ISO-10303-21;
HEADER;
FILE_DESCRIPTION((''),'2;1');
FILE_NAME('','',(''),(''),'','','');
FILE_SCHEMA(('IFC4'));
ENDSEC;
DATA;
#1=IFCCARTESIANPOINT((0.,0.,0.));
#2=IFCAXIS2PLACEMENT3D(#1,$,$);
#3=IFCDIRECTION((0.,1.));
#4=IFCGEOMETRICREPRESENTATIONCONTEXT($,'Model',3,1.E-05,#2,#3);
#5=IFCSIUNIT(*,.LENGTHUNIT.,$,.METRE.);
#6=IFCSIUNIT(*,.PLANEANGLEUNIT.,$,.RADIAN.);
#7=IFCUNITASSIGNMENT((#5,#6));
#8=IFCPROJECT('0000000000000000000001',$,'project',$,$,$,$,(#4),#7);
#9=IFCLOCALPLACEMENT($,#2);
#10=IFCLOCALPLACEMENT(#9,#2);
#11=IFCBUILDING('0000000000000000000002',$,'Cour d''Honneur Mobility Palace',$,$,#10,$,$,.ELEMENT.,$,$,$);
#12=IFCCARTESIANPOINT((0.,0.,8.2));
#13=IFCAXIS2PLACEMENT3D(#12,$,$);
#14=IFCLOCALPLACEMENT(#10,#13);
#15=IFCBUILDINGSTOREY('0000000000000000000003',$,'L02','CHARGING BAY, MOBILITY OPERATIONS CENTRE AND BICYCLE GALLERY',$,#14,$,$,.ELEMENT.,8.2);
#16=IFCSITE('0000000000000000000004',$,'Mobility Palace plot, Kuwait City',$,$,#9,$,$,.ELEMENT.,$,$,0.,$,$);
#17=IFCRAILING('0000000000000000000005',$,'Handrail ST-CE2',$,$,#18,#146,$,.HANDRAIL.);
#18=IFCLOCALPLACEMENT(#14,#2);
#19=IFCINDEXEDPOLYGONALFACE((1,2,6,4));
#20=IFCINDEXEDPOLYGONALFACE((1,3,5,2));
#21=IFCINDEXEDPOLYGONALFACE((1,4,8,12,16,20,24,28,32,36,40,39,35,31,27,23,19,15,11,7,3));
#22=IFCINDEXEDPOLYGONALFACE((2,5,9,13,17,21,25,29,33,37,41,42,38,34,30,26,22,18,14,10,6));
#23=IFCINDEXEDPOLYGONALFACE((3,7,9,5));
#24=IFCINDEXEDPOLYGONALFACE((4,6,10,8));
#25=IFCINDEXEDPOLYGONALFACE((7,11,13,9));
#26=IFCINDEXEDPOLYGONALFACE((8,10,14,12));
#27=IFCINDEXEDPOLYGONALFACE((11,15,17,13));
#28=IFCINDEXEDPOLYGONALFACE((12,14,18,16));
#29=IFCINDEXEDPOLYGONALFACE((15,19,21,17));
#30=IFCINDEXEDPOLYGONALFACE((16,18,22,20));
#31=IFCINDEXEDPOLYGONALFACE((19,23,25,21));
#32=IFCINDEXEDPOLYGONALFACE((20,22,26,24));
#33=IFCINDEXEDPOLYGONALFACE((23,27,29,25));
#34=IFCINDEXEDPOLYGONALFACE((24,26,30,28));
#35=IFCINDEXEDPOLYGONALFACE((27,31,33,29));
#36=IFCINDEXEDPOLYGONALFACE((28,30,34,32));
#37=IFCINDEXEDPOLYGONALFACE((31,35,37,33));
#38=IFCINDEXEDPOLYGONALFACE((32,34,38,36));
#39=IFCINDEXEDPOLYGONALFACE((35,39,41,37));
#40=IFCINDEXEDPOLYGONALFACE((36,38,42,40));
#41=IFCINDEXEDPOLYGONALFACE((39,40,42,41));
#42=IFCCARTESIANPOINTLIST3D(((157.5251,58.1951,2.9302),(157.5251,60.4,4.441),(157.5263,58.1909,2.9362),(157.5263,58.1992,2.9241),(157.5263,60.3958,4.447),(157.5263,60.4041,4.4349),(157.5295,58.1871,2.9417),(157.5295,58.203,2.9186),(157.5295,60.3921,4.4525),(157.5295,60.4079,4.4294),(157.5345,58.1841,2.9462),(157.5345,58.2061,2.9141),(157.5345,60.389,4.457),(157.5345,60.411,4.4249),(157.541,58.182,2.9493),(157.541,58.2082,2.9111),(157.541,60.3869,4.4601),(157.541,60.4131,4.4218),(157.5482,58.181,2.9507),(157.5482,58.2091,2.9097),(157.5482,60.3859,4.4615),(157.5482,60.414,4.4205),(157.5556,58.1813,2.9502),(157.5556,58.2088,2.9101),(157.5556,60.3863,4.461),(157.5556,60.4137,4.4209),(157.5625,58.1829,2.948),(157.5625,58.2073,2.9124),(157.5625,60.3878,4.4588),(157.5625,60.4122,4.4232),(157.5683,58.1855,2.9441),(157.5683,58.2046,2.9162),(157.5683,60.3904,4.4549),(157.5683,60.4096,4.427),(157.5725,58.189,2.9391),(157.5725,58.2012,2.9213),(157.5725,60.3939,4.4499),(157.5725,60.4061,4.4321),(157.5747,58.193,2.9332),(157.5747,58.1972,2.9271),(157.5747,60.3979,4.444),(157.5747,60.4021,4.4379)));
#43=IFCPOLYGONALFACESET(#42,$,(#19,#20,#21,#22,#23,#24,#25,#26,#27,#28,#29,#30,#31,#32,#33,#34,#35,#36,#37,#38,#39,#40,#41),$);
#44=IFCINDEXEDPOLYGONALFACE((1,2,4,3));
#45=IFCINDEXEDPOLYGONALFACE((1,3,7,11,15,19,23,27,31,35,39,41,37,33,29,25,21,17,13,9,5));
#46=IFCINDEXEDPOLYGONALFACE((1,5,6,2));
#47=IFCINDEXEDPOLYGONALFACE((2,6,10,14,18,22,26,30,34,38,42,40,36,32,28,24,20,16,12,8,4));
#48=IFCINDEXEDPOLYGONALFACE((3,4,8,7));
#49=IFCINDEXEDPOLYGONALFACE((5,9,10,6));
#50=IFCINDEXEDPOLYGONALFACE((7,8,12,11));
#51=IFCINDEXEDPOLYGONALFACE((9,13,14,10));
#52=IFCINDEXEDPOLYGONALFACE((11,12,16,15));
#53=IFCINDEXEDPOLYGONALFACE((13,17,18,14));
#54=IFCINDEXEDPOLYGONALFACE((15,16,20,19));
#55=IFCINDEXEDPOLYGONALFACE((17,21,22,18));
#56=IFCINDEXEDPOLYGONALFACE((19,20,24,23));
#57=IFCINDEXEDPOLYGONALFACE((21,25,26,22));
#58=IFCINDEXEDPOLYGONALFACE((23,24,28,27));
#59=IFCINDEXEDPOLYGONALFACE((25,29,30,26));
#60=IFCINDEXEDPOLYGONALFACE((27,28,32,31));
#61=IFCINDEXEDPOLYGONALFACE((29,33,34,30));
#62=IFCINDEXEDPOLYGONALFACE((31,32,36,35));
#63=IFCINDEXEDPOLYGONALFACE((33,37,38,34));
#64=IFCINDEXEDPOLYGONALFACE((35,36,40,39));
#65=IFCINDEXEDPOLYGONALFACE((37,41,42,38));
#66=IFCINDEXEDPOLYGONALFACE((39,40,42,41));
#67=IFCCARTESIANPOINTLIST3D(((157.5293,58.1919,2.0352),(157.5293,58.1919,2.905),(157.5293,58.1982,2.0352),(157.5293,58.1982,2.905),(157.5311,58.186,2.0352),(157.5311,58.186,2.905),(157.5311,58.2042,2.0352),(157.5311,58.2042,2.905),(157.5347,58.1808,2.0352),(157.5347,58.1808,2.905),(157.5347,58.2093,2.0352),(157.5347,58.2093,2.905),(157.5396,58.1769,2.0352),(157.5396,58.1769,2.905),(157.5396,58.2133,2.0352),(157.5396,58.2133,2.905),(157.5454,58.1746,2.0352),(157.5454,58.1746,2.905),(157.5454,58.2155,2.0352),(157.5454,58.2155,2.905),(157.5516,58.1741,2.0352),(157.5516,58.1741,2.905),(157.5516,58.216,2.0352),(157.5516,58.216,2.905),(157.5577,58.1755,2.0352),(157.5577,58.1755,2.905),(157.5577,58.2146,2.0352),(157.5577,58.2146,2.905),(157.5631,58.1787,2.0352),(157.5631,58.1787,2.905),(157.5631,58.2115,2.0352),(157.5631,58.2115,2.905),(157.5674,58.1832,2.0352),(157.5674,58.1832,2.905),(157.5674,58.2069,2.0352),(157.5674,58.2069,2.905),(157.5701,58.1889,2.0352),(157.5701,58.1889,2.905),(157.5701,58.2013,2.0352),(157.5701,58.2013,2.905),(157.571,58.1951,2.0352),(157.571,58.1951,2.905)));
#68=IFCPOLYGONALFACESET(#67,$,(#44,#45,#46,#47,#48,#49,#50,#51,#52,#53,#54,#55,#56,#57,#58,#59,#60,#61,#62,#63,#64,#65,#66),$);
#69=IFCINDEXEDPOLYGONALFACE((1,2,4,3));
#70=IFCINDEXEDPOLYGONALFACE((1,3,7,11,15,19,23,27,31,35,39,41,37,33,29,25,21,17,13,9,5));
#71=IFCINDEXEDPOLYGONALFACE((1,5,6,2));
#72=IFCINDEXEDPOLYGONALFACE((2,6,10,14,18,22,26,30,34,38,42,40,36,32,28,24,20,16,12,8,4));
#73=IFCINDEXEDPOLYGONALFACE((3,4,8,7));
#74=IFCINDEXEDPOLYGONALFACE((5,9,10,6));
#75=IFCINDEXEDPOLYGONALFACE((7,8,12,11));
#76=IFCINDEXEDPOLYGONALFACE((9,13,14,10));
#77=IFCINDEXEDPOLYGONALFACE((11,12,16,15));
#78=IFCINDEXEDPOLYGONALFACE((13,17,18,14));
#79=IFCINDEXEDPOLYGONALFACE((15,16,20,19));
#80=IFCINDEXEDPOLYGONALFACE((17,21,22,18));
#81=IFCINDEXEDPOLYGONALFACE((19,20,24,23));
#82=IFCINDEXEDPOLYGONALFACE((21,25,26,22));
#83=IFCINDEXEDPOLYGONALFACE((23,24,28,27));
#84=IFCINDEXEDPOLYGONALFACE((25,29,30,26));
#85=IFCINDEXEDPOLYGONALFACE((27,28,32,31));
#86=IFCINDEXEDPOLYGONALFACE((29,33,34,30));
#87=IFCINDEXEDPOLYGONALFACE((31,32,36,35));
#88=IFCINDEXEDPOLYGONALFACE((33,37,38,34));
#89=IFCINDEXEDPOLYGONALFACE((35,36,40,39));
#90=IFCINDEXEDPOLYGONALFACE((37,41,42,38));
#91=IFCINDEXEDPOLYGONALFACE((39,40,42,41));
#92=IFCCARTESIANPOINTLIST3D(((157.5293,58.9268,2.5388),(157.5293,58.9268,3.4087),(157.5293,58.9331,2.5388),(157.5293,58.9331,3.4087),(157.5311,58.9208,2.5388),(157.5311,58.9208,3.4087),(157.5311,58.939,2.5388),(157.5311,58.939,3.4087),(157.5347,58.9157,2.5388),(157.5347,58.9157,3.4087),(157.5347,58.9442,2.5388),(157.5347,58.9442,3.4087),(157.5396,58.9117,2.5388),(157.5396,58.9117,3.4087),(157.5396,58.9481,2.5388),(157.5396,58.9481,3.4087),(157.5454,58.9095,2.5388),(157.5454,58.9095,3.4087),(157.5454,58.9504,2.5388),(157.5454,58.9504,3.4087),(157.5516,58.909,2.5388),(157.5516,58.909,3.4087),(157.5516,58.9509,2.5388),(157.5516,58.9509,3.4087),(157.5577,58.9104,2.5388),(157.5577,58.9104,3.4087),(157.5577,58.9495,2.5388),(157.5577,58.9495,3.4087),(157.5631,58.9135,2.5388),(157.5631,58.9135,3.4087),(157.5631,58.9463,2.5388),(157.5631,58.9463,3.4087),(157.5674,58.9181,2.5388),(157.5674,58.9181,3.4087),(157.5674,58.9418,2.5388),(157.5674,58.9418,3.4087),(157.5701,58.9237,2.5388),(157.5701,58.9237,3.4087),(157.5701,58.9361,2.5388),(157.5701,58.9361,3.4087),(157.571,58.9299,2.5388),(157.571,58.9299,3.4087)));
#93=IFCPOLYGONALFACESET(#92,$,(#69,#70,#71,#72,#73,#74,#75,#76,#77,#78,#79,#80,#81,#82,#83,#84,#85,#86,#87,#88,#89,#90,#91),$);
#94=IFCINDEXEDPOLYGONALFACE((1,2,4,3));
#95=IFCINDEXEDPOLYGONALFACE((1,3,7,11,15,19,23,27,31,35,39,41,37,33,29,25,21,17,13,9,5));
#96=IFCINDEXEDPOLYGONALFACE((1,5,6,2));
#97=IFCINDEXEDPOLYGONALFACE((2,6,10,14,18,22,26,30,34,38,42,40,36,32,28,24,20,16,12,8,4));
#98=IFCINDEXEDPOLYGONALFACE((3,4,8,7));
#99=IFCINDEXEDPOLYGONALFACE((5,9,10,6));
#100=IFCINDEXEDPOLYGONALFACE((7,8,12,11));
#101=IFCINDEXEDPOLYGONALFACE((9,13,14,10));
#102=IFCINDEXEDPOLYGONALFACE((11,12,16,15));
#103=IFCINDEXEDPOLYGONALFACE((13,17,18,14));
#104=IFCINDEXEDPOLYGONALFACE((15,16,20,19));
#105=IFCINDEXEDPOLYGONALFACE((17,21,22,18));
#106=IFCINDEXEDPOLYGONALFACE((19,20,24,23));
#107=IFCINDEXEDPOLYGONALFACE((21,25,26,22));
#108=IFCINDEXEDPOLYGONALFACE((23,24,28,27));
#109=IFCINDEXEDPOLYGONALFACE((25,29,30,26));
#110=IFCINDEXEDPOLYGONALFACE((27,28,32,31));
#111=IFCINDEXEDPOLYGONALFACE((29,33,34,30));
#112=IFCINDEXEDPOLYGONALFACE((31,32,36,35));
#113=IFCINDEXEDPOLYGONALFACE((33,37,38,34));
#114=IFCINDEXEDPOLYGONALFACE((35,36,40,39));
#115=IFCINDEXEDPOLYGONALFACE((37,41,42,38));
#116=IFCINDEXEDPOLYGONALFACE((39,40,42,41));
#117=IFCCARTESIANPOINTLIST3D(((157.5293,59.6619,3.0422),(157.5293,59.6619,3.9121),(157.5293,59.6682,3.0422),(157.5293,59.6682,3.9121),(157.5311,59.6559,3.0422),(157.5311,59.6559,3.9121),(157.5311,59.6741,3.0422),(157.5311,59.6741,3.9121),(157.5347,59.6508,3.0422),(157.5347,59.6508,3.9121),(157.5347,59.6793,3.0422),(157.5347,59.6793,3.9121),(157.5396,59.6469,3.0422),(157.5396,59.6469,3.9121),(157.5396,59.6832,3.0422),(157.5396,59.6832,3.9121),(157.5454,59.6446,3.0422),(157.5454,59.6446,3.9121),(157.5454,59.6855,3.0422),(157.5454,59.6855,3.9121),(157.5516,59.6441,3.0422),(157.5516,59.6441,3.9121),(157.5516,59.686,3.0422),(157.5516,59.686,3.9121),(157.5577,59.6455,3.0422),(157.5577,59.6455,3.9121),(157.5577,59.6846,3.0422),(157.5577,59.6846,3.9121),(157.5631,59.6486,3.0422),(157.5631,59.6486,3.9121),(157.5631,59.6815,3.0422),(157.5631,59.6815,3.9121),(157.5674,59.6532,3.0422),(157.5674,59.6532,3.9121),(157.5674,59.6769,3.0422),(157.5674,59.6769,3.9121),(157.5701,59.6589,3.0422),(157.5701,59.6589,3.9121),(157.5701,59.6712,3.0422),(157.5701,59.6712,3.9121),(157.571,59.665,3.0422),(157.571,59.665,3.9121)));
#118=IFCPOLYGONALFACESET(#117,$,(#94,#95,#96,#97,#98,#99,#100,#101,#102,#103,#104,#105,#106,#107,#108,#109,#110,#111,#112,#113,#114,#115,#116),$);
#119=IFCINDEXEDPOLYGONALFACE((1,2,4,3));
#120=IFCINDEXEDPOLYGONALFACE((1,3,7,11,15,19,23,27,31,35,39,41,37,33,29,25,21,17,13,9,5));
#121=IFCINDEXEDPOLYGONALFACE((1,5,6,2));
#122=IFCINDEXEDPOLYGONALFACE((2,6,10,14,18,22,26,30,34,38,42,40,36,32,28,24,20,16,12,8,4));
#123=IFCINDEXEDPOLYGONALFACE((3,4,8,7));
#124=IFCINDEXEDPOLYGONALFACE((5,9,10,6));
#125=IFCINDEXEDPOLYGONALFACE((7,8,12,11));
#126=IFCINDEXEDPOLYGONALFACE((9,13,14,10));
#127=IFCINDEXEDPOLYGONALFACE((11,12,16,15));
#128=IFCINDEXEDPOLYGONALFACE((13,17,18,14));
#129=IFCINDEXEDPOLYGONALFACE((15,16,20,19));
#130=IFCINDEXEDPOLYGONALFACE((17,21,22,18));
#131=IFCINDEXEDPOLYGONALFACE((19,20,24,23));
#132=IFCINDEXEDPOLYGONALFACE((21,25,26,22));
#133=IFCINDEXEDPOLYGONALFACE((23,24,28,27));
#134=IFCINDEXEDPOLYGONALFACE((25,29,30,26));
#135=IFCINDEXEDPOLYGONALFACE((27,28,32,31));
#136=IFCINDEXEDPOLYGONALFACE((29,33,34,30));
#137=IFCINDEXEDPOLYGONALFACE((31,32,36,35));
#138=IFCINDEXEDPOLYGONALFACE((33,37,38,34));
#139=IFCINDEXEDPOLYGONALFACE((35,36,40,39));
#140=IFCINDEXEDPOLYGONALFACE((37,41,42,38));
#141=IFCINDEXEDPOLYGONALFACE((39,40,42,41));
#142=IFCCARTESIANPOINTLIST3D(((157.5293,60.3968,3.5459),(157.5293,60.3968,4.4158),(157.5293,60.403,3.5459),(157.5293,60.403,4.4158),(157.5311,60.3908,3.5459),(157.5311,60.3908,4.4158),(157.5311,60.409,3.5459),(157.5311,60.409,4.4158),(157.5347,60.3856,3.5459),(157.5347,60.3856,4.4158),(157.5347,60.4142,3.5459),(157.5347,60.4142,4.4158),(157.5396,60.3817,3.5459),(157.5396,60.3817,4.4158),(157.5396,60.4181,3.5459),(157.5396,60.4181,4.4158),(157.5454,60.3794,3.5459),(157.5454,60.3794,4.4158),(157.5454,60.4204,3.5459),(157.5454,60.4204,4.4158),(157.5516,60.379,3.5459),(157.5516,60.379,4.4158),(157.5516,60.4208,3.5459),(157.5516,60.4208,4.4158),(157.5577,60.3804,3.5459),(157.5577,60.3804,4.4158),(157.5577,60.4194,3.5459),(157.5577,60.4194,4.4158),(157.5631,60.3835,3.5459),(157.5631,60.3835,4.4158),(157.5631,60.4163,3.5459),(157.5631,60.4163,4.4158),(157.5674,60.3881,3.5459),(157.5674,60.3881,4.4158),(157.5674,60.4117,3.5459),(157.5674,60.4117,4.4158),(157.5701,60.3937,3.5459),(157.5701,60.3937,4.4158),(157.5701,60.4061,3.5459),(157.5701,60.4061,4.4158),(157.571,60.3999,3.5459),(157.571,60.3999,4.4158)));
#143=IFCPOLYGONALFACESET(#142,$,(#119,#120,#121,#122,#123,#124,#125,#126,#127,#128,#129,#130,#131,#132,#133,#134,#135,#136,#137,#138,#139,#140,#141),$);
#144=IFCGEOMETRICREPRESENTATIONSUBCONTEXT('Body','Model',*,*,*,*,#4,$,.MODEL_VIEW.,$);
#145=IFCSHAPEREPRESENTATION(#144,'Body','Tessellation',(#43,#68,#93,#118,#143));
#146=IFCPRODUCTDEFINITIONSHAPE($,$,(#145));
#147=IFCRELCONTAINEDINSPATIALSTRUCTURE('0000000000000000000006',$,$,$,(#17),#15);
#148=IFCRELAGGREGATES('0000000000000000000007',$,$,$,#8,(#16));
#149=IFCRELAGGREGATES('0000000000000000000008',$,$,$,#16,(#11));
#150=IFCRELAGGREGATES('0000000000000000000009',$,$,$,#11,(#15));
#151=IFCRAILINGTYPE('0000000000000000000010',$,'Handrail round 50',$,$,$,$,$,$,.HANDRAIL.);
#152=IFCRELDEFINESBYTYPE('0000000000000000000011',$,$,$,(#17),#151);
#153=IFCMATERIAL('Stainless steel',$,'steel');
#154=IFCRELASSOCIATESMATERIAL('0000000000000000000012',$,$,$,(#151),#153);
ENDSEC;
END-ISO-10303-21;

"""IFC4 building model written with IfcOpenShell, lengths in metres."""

from ifc_helpers import new_model, si_unit, direction, frame, origin, origin_2d, place, context, subcontext, project, spatial, circle, extrude, material, type_object, element, save


model = new_model("IFC4")

# Units and contexts
model_context = context("Model", 3, precision=1e-05, world=origin(), true_north=direction((0.0, 1.0)))
body_context = subcontext(model_context, "Body", "Model", "MODEL_VIEW")
ifc_project = project(units=[si_unit("LENGTHUNIT", "METRE"), si_unit("PLANEANGLEUNIT", "RADIAN")], contexts=[model_context])

# Site, building, storey
site_placement = place(None, origin())
site = spatial("IfcSite", under=ifc_project, at=site_placement, Name="Mobility Palace plot, Kuwait City", CompositionType="ELEMENT", RefElevation=0.0)
building_placement = place(site_placement, origin())
building = spatial("IfcBuilding", under=site, at=building_placement, Name="Cour d'Honneur Mobility Palace", CompositionType="ELEMENT")
storey_placement = place(building_placement, frame((0.0, 0.0, 8.2)))
storey = spatial("IfcBuildingStorey", under=building, at=storey_placement, Name="L02", Description="CHARGING BAY, MOBILITY OPERATIONS CENTRE AND BICYCLE GALLERY", CompositionType="ELEMENT", Elevation=8.2)

# Railing
ifc_material_1 = material(Name="Stainless steel", Category="steel")
railing_type_1 = type_object("IfcRailingType", Name="Handrail round 50", PredefinedType="HANDRAIL", material=ifc_material_1)
railing_1_placement = place(storey_placement, frame((157.55, 58.1951, 2.0352)))
element("IfcRailing", 1, at=railing_1_placement, inside=storey, type_object=railing_type_1, Name="Handrail ST-CE2", PredefinedType="HANDRAIL", context=body_context, shape_type="SweptSolid", body=[
    extrude(circle(Radius=0.0249, at=origin_2d()), frame((0.0, 0.0, 0.895), z_axis=(0.0, 0.824928, 0.565237), x_axis=(-1.0, 0.0, 0.0)), (0.0, 0.0, 1.0), 2.6729),
    extrude(circle(Radius=0.021, at=origin_2d()), origin(), (0.0, 0.0, 1.0), 0.8699),
    extrude(circle(Radius=0.021, at=origin_2d()), frame((0.0, 0.7349, 0.5037)), (0.0, 0.0, 1.0), 0.8699),
    extrude(circle(Radius=0.021, at=origin_2d()), frame((0.0, 1.47, 1.0071)), (0.0, 0.0, 1.0), 0.8699),
    extrude(circle(Radius=0.021, at=origin_2d()), frame((0.0, 2.2048, 1.5107)), (0.0, 0.0, 1.0), 0.8699),
])

save(model, "model.ifc")
